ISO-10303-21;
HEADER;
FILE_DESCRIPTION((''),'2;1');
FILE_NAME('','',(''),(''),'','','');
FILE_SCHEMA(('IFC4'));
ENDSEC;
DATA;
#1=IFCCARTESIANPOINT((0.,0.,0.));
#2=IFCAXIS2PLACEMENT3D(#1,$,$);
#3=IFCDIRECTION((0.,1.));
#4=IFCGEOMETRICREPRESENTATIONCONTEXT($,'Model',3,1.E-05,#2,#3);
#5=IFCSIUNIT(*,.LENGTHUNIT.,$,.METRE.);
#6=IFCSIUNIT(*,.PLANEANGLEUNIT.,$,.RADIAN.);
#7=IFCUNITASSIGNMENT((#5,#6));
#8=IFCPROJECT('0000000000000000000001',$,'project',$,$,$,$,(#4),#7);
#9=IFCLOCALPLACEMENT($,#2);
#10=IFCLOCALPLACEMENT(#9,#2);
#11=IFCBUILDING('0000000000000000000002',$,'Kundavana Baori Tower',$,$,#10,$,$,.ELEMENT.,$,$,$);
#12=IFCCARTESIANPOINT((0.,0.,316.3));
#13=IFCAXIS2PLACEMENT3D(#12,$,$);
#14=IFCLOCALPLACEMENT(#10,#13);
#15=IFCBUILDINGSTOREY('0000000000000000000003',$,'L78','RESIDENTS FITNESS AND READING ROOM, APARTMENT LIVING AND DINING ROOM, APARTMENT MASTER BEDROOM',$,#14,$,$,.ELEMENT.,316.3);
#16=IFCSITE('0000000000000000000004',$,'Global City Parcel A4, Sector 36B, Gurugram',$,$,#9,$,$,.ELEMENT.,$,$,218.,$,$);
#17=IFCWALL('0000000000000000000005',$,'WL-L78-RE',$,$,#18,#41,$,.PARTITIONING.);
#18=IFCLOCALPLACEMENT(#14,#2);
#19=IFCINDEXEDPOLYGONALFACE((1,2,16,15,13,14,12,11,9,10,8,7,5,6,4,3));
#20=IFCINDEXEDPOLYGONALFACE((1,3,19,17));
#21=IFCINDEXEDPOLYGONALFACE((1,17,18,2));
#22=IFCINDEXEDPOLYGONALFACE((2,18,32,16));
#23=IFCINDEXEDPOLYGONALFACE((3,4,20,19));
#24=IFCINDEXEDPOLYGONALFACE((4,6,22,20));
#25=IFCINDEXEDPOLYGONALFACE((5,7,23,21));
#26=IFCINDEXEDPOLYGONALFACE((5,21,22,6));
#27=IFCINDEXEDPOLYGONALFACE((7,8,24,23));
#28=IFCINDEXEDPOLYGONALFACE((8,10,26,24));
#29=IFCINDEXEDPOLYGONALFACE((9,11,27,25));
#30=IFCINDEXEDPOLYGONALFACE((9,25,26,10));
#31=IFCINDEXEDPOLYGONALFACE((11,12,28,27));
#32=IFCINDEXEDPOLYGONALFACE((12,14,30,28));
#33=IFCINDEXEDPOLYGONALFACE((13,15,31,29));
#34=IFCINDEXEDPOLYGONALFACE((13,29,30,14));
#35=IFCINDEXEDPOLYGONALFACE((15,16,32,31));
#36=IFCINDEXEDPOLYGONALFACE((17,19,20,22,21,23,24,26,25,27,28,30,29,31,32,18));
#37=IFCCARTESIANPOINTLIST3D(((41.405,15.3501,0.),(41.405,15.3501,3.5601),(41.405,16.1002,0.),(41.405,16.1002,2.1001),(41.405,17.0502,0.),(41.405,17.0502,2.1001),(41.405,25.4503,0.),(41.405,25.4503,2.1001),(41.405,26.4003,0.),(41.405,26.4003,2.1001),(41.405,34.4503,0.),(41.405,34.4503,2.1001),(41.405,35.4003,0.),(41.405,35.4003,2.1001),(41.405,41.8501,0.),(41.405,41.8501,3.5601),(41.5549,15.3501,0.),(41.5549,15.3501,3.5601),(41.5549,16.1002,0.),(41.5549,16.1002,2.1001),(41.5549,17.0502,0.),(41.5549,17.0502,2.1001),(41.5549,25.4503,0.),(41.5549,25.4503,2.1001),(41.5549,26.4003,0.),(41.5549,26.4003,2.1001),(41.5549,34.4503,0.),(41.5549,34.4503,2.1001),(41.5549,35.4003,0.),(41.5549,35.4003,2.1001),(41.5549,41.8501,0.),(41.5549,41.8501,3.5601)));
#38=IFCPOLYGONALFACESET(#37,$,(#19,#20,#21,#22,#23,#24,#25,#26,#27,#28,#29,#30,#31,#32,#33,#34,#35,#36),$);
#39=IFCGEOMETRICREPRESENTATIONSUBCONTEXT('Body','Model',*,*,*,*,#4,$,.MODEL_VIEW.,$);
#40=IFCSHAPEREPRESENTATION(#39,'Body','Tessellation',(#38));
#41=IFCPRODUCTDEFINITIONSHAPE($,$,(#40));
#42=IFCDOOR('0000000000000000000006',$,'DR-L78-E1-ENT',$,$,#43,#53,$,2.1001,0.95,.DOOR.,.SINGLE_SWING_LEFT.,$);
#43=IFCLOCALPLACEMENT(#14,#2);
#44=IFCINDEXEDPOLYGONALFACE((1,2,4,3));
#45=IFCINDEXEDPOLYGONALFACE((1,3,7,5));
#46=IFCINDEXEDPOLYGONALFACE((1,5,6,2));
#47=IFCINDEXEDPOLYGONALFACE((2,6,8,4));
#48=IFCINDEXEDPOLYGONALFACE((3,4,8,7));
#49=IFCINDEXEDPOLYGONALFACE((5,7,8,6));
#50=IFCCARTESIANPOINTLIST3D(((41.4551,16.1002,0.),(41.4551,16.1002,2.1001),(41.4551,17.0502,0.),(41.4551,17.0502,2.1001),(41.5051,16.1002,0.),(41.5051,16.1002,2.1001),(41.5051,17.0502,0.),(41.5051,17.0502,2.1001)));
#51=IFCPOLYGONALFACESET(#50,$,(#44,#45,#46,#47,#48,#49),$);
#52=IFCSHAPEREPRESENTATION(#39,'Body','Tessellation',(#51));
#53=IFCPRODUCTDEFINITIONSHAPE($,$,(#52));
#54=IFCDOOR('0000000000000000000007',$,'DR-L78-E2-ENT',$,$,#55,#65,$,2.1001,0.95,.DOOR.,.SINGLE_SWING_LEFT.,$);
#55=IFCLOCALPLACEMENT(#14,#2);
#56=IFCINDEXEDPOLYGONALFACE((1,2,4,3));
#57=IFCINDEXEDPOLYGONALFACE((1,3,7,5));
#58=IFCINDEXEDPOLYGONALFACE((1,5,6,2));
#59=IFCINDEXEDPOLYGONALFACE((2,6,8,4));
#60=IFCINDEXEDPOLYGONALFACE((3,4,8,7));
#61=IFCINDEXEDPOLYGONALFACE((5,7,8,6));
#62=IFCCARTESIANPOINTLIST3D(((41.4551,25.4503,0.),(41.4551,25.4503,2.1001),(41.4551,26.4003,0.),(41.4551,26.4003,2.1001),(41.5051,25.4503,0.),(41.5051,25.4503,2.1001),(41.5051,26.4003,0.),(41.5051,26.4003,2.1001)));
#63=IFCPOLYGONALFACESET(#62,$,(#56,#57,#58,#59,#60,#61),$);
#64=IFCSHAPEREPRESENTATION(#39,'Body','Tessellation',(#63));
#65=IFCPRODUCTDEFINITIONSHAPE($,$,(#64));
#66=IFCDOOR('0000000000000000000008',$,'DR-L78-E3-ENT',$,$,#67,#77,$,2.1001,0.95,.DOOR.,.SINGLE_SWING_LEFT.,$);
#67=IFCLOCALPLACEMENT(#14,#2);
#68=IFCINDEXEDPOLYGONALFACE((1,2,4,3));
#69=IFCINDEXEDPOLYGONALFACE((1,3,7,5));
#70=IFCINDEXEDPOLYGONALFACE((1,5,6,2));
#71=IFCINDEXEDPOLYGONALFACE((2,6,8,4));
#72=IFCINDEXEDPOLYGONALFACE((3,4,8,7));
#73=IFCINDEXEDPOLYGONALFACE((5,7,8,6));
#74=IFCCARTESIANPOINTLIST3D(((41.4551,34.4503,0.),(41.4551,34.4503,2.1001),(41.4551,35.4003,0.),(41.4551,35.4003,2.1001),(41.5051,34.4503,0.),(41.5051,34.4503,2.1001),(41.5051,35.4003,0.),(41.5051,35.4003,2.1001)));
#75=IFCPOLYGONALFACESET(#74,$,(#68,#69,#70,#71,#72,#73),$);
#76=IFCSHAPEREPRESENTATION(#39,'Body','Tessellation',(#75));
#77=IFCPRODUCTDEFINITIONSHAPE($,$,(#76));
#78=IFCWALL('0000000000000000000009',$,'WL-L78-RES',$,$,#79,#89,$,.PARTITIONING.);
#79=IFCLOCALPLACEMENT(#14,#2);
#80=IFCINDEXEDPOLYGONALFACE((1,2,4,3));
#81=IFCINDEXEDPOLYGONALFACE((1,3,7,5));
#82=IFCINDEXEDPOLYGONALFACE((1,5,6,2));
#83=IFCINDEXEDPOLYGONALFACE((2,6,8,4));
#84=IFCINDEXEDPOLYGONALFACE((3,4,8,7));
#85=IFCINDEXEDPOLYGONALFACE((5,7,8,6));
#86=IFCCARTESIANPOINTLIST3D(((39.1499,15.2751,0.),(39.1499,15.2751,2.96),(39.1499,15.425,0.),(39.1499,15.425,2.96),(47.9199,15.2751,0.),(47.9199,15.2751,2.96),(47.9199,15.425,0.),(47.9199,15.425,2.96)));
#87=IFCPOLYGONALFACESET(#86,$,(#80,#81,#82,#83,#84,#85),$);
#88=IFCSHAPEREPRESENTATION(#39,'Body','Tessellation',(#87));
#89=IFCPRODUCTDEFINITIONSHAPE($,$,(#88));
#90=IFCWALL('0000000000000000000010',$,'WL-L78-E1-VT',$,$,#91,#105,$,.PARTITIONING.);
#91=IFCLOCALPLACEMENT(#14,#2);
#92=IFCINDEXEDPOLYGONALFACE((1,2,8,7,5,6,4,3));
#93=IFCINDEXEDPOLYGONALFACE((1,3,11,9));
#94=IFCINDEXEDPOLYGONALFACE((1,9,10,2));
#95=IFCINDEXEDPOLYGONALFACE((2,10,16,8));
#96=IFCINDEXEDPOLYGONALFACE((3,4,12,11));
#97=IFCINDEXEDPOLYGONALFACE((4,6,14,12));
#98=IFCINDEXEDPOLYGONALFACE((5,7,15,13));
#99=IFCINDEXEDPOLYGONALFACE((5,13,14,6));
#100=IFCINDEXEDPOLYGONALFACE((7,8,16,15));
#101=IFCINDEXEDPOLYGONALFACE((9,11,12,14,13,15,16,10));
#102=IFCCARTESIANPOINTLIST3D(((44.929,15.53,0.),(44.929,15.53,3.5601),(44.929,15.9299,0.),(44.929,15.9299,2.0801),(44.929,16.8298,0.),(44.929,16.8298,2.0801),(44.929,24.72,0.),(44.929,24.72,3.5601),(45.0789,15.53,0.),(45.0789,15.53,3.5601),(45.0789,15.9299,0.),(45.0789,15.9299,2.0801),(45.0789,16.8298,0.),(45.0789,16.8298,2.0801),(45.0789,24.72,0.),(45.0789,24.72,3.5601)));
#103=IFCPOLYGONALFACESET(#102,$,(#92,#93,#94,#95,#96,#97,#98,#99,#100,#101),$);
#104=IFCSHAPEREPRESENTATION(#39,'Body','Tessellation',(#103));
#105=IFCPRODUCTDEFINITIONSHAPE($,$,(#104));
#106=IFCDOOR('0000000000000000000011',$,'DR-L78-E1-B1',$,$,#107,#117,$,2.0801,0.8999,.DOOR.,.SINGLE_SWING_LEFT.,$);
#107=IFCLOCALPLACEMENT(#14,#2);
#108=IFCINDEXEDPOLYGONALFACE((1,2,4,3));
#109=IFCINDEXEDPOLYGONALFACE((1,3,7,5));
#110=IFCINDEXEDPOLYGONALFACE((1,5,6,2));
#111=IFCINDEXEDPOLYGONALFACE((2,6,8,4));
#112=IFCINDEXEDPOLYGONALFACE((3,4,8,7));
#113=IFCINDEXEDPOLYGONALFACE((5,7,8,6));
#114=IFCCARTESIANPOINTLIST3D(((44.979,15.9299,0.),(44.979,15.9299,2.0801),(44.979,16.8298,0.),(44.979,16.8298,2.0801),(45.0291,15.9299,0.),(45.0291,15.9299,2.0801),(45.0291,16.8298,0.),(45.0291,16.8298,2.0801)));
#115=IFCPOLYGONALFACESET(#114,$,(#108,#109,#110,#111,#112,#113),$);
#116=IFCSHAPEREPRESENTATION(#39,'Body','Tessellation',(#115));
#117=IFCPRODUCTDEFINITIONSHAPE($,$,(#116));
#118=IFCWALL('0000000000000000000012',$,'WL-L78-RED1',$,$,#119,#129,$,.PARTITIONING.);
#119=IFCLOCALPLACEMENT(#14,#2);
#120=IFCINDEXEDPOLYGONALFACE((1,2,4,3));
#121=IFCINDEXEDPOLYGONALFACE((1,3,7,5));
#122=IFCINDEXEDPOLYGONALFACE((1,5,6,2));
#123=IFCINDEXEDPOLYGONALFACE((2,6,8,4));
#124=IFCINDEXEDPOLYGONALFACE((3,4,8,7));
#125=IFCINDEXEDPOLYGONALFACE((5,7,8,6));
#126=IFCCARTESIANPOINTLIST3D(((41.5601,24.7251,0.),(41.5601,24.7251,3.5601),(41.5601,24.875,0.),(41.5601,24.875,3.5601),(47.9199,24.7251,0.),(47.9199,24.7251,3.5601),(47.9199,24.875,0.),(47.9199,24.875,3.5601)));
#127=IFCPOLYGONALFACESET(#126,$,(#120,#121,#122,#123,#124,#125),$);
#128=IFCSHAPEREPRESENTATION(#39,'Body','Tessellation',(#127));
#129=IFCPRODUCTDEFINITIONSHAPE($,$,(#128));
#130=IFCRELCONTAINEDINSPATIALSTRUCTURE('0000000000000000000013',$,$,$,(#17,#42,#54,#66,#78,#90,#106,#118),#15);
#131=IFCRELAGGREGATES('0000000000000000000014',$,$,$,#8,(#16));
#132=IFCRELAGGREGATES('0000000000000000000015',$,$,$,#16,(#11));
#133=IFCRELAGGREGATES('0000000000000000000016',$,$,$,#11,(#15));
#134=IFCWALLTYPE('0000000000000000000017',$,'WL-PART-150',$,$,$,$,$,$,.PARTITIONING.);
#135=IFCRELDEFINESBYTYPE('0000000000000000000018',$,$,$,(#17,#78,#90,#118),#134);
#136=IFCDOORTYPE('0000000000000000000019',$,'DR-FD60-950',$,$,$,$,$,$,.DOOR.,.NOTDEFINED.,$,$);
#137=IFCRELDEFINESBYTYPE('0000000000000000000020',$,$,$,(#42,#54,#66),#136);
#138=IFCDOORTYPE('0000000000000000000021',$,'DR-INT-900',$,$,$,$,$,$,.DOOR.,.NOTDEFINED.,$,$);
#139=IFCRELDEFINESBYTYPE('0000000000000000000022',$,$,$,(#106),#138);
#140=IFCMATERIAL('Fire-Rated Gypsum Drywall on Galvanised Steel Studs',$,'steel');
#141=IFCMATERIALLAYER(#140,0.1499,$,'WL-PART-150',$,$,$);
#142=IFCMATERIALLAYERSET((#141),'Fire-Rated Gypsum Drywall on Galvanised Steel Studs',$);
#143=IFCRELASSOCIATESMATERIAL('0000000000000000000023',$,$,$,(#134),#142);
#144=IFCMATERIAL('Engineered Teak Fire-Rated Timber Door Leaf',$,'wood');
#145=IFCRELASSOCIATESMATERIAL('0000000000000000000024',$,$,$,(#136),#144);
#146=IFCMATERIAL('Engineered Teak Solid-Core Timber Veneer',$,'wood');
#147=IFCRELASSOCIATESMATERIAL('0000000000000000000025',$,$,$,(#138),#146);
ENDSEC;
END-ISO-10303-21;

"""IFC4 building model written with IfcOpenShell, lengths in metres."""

from ifc_helpers import new_model, si_unit, direction, frame, frame_2d, origin, place, context, subcontext, project, spatial, rectangle, extrude, material, layer, layer_set, type_object, element, fill, save


model = new_model("IFC4")

# Units and contexts
model_context = context("Model", 3, precision=1e-05, world=origin(), true_north=direction((0.0, 1.0)))
body_context = subcontext(model_context, "Body", "Model", "MODEL_VIEW")
ifc_project = project(units=[si_unit("LENGTHUNIT", "METRE"), si_unit("PLANEANGLEUNIT", "RADIAN")], contexts=[model_context])

# Site, building, storey
site_placement = place(None, origin())
site = spatial("IfcSite", under=ifc_project, at=site_placement, Name="Global City Parcel A4, Sector 36B, Gurugram", CompositionType="ELEMENT", RefElevation=218.0)
building_placement = place(site_placement, origin())
building = spatial("IfcBuilding", under=site, at=building_placement, Name="Kundavana Baori Tower", CompositionType="ELEMENT")
storey_placement = place(building_placement, frame((0.0, 0.0, 316.3)))
storey = spatial("IfcBuildingStorey", under=building, at=storey_placement, Name="L78", Description="RESIDENTS FITNESS AND READING ROOM, APARTMENT LIVING AND DINING ROOM, APARTMENT MASTER BEDROOM", CompositionType="ELEMENT", Elevation=316.3)

# Wall, openings, doors
ifc_material_1 = material(Name="Fire-Rated Gypsum Drywall on Galvanised Steel Studs", Category="steel")
ifc_layer_1 = layer(ifc_material_1, 0.1499, Name="WL-PART-150")
ifc_layer_set_1 = layer_set([ifc_layer_1], Name="Fire-Rated Gypsum Drywall on Galvanised Steel Studs")
wall_type_1 = type_object("IfcWallType", Name="WL-PART-150", PredefinedType="PARTITIONING", material=ifc_layer_set_1)
wall_1_placement = place(storey_placement, frame((41.48, 15.3501, 0.0), z_axis=(0.0, 0.0, 1.0), x_axis=(0.0, 1.0, 0.0)))
wall_1 = element("IfcWall", 1, at=wall_1_placement, inside=storey, type_object=wall_type_1, Name="WL-L78-RE", PredefinedType="PARTITIONING", context=body_context, shape_type="SweptSolid", body=[
    extrude(rectangle(XDim=26.5, YDim=0.1499, at=frame_2d((13.25, 0.0))), origin(), (0.0, 0.0, 1.0), 3.5601),
])
opening_1_placement = place(wall_1_placement, frame((0.75, 0.0, 0.0)))
opening_1 = element("IfcOpeningElement", 2, at=opening_1_placement, cuts=wall_1, PredefinedType="OPENING", context=body_context, shape_type="SweptSolid", body=[
    extrude(rectangle(XDim=0.95, YDim=2.1001, at=frame_2d((0.4751, 1.05))), frame((0.0, 0.085, 0.0), z_axis=(0.0, -1.0, 0.0), x_axis=(1.0, 0.0, 0.0)), (0.0, 0.0, 1.0), 0.1699),
])
opening_2_placement = place(wall_1_placement, frame((10.1001, 0.0, 0.0)))
opening_2 = element("IfcOpeningElement", 3, at=opening_2_placement, cuts=wall_1, PredefinedType="OPENING", context=body_context, shape_type="SweptSolid", body=[
    extrude(rectangle(XDim=0.95, YDim=2.1001, at=frame_2d((0.4751, 1.05))), frame((0.0, 0.085, 0.0), z_axis=(0.0, -1.0, 0.0), x_axis=(1.0, 0.0, 0.0)), (0.0, 0.0, 1.0), 0.1699),
])
opening_3_placement = place(wall_1_placement, frame((19.1001, 0.0, 0.0)))
opening_3 = element("IfcOpeningElement", 4, at=opening_3_placement, cuts=wall_1, PredefinedType="OPENING", context=body_context, shape_type="SweptSolid", body=[
    extrude(rectangle(XDim=0.95, YDim=2.1001, at=frame_2d((0.4751, 1.05))), frame((0.0, 0.085, 0.0), z_axis=(0.0, -1.0, 0.0), x_axis=(1.0, 0.0, 0.0)), (0.0, 0.0, 1.0), 0.1699),
])
ifc_material_2 = material(Name="Engineered Teak Fire-Rated Timber Door Leaf", Category="wood")
door_type_1 = type_object("IfcDoorType", Name="DR-FD60-950", OperationType="NOTDEFINED", PredefinedType="DOOR", material=ifc_material_2)
door_1_placement = place(opening_1_placement, origin())
door_1 = element("IfcDoor", 5, at=door_1_placement, inside=storey, type_object=door_type_1, Name="DR-L78-E1-ENT", OperationType="SINGLE_SWING_LEFT", OverallHeight=2.1001, OverallWidth=0.95, PredefinedType="DOOR", context=body_context, shape_type="SweptSolid", body=[
    extrude(rectangle(XDim=0.95, YDim=2.1001, at=frame_2d((0.4751, 1.05))), frame((0.0, 0.0249, 0.0), z_axis=(0.0, -1.0, 0.0), x_axis=(1.0, 0.0, 0.0)), (0.0, 0.0, 1.0), 0.05),
])
fill(opening_1, door_1)
door_2_placement = place(opening_2_placement, origin())
door_2 = element("IfcDoor", 6, at=door_2_placement, inside=storey, type_object=door_type_1, Name="DR-L78-E2-ENT", OperationType="SINGLE_SWING_LEFT", OverallHeight=2.1001, OverallWidth=0.95, PredefinedType="DOOR", context=body_context, shape_type="SweptSolid", body=[
    extrude(rectangle(XDim=0.95, YDim=2.1001, at=frame_2d((0.4751, 1.05))), frame((0.0, 0.0249, 0.0), z_axis=(0.0, -1.0, 0.0), x_axis=(1.0, 0.0, 0.0)), (0.0, 0.0, 1.0), 0.05),
])
fill(opening_2, door_2)
door_3_placement = place(opening_3_placement, origin())
door_3 = element("IfcDoor", 7, at=door_3_placement, inside=storey, type_object=door_type_1, Name="DR-L78-E3-ENT", OperationType="SINGLE_SWING_LEFT", OverallHeight=2.1001, OverallWidth=0.95, PredefinedType="DOOR", context=body_context, shape_type="SweptSolid", body=[
    extrude(rectangle(XDim=0.95, YDim=2.1001, at=frame_2d((0.4751, 1.05))), frame((0.0, 0.0249, 0.0), z_axis=(0.0, -1.0, 0.0), x_axis=(1.0, 0.0, 0.0)), (0.0, 0.0, 1.0), 0.05),
])
fill(opening_3, door_3)

# Wall
wall_2_placement = place(storey_placement, frame((39.1499, 15.3501, 0.0), z_axis=(0.0, 0.0, 1.0), x_axis=(1.0, 0.0, 0.0)))
element("IfcWall", 8, at=wall_2_placement, inside=storey, type_object=wall_type_1, Name="WL-L78-RES", PredefinedType="PARTITIONING", context=body_context, shape_type="SweptSolid", body=[
    extrude(rectangle(XDim=8.77, YDim=0.1499, at=frame_2d((4.385, 0.0))), origin(), (0.0, 0.0, 1.0), 2.96),
])

# Wall, opening, door
wall_3_placement = place(storey_placement, frame((45.0039, 15.53, 0.0), z_axis=(0.0, 0.0, 1.0), x_axis=(0.0, 1.0, 0.0)))
wall_3 = element("IfcWall", 9, at=wall_3_placement, inside=storey, type_object=wall_type_1, Name="WL-L78-E1-VT", PredefinedType="PARTITIONING", context=body_context, shape_type="SweptSolid", body=[
    extrude(rectangle(XDim=9.1899, YDim=0.1499, at=frame_2d((4.595, 0.0))), origin(), (0.0, 0.0, 1.0), 3.5601),
])
opening_4_placement = place(wall_3_placement, frame((0.3999, 0.0, 0.0)))
opening_4 = element("IfcOpeningElement", 10, at=opening_4_placement, cuts=wall_3, PredefinedType="OPENING", context=body_context, shape_type="SweptSolid", body=[
    extrude(rectangle(XDim=0.8999, YDim=2.0801, at=frame_2d((0.45, 1.04))), frame((0.0, 0.085, 0.0), z_axis=(0.0, -1.0, 0.0), x_axis=(1.0, 0.0, 0.0)), (0.0, 0.0, 1.0), 0.1699),
])
ifc_material_3 = material(Name="Engineered Teak Solid-Core Timber Veneer", Category="wood")
door_type_2 = type_object("IfcDoorType", Name="DR-INT-900", OperationType="NOTDEFINED", PredefinedType="DOOR", material=ifc_material_3)
door_4_placement = place(opening_4_placement, origin())
door_4 = element("IfcDoor", 11, at=door_4_placement, inside=storey, type_object=door_type_2, Name="DR-L78-E1-B1", OperationType="SINGLE_SWING_LEFT", OverallHeight=2.0801, OverallWidth=0.8999, PredefinedType="DOOR", context=body_context, shape_type="SweptSolid", body=[
    extrude(rectangle(XDim=0.8999, YDim=2.0801, at=frame_2d((0.45, 1.04))), frame((0.0, 0.0249, 0.0), z_axis=(0.0, -1.0, 0.0), x_axis=(1.0, 0.0, 0.0)), (0.0, 0.0, 1.0), 0.05),
])
fill(opening_4, door_4)

# Wall
wall_4_placement = place(storey_placement, frame((41.5601, 24.8, 0.0), z_axis=(0.0, 0.0, 1.0), x_axis=(1.0, 0.0, 0.0)))
element("IfcWall", 12, at=wall_4_placement, inside=storey, type_object=wall_type_1, Name="WL-L78-RED1", PredefinedType="PARTITIONING", context=body_context, shape_type="SweptSolid", body=[
    extrude(rectangle(XDim=6.3599, YDim=0.1499, at=frame_2d((3.1799, 0.0))), origin(), (0.0, 0.0, 1.0), 3.5601),
])

save(model, "model.ifc")
